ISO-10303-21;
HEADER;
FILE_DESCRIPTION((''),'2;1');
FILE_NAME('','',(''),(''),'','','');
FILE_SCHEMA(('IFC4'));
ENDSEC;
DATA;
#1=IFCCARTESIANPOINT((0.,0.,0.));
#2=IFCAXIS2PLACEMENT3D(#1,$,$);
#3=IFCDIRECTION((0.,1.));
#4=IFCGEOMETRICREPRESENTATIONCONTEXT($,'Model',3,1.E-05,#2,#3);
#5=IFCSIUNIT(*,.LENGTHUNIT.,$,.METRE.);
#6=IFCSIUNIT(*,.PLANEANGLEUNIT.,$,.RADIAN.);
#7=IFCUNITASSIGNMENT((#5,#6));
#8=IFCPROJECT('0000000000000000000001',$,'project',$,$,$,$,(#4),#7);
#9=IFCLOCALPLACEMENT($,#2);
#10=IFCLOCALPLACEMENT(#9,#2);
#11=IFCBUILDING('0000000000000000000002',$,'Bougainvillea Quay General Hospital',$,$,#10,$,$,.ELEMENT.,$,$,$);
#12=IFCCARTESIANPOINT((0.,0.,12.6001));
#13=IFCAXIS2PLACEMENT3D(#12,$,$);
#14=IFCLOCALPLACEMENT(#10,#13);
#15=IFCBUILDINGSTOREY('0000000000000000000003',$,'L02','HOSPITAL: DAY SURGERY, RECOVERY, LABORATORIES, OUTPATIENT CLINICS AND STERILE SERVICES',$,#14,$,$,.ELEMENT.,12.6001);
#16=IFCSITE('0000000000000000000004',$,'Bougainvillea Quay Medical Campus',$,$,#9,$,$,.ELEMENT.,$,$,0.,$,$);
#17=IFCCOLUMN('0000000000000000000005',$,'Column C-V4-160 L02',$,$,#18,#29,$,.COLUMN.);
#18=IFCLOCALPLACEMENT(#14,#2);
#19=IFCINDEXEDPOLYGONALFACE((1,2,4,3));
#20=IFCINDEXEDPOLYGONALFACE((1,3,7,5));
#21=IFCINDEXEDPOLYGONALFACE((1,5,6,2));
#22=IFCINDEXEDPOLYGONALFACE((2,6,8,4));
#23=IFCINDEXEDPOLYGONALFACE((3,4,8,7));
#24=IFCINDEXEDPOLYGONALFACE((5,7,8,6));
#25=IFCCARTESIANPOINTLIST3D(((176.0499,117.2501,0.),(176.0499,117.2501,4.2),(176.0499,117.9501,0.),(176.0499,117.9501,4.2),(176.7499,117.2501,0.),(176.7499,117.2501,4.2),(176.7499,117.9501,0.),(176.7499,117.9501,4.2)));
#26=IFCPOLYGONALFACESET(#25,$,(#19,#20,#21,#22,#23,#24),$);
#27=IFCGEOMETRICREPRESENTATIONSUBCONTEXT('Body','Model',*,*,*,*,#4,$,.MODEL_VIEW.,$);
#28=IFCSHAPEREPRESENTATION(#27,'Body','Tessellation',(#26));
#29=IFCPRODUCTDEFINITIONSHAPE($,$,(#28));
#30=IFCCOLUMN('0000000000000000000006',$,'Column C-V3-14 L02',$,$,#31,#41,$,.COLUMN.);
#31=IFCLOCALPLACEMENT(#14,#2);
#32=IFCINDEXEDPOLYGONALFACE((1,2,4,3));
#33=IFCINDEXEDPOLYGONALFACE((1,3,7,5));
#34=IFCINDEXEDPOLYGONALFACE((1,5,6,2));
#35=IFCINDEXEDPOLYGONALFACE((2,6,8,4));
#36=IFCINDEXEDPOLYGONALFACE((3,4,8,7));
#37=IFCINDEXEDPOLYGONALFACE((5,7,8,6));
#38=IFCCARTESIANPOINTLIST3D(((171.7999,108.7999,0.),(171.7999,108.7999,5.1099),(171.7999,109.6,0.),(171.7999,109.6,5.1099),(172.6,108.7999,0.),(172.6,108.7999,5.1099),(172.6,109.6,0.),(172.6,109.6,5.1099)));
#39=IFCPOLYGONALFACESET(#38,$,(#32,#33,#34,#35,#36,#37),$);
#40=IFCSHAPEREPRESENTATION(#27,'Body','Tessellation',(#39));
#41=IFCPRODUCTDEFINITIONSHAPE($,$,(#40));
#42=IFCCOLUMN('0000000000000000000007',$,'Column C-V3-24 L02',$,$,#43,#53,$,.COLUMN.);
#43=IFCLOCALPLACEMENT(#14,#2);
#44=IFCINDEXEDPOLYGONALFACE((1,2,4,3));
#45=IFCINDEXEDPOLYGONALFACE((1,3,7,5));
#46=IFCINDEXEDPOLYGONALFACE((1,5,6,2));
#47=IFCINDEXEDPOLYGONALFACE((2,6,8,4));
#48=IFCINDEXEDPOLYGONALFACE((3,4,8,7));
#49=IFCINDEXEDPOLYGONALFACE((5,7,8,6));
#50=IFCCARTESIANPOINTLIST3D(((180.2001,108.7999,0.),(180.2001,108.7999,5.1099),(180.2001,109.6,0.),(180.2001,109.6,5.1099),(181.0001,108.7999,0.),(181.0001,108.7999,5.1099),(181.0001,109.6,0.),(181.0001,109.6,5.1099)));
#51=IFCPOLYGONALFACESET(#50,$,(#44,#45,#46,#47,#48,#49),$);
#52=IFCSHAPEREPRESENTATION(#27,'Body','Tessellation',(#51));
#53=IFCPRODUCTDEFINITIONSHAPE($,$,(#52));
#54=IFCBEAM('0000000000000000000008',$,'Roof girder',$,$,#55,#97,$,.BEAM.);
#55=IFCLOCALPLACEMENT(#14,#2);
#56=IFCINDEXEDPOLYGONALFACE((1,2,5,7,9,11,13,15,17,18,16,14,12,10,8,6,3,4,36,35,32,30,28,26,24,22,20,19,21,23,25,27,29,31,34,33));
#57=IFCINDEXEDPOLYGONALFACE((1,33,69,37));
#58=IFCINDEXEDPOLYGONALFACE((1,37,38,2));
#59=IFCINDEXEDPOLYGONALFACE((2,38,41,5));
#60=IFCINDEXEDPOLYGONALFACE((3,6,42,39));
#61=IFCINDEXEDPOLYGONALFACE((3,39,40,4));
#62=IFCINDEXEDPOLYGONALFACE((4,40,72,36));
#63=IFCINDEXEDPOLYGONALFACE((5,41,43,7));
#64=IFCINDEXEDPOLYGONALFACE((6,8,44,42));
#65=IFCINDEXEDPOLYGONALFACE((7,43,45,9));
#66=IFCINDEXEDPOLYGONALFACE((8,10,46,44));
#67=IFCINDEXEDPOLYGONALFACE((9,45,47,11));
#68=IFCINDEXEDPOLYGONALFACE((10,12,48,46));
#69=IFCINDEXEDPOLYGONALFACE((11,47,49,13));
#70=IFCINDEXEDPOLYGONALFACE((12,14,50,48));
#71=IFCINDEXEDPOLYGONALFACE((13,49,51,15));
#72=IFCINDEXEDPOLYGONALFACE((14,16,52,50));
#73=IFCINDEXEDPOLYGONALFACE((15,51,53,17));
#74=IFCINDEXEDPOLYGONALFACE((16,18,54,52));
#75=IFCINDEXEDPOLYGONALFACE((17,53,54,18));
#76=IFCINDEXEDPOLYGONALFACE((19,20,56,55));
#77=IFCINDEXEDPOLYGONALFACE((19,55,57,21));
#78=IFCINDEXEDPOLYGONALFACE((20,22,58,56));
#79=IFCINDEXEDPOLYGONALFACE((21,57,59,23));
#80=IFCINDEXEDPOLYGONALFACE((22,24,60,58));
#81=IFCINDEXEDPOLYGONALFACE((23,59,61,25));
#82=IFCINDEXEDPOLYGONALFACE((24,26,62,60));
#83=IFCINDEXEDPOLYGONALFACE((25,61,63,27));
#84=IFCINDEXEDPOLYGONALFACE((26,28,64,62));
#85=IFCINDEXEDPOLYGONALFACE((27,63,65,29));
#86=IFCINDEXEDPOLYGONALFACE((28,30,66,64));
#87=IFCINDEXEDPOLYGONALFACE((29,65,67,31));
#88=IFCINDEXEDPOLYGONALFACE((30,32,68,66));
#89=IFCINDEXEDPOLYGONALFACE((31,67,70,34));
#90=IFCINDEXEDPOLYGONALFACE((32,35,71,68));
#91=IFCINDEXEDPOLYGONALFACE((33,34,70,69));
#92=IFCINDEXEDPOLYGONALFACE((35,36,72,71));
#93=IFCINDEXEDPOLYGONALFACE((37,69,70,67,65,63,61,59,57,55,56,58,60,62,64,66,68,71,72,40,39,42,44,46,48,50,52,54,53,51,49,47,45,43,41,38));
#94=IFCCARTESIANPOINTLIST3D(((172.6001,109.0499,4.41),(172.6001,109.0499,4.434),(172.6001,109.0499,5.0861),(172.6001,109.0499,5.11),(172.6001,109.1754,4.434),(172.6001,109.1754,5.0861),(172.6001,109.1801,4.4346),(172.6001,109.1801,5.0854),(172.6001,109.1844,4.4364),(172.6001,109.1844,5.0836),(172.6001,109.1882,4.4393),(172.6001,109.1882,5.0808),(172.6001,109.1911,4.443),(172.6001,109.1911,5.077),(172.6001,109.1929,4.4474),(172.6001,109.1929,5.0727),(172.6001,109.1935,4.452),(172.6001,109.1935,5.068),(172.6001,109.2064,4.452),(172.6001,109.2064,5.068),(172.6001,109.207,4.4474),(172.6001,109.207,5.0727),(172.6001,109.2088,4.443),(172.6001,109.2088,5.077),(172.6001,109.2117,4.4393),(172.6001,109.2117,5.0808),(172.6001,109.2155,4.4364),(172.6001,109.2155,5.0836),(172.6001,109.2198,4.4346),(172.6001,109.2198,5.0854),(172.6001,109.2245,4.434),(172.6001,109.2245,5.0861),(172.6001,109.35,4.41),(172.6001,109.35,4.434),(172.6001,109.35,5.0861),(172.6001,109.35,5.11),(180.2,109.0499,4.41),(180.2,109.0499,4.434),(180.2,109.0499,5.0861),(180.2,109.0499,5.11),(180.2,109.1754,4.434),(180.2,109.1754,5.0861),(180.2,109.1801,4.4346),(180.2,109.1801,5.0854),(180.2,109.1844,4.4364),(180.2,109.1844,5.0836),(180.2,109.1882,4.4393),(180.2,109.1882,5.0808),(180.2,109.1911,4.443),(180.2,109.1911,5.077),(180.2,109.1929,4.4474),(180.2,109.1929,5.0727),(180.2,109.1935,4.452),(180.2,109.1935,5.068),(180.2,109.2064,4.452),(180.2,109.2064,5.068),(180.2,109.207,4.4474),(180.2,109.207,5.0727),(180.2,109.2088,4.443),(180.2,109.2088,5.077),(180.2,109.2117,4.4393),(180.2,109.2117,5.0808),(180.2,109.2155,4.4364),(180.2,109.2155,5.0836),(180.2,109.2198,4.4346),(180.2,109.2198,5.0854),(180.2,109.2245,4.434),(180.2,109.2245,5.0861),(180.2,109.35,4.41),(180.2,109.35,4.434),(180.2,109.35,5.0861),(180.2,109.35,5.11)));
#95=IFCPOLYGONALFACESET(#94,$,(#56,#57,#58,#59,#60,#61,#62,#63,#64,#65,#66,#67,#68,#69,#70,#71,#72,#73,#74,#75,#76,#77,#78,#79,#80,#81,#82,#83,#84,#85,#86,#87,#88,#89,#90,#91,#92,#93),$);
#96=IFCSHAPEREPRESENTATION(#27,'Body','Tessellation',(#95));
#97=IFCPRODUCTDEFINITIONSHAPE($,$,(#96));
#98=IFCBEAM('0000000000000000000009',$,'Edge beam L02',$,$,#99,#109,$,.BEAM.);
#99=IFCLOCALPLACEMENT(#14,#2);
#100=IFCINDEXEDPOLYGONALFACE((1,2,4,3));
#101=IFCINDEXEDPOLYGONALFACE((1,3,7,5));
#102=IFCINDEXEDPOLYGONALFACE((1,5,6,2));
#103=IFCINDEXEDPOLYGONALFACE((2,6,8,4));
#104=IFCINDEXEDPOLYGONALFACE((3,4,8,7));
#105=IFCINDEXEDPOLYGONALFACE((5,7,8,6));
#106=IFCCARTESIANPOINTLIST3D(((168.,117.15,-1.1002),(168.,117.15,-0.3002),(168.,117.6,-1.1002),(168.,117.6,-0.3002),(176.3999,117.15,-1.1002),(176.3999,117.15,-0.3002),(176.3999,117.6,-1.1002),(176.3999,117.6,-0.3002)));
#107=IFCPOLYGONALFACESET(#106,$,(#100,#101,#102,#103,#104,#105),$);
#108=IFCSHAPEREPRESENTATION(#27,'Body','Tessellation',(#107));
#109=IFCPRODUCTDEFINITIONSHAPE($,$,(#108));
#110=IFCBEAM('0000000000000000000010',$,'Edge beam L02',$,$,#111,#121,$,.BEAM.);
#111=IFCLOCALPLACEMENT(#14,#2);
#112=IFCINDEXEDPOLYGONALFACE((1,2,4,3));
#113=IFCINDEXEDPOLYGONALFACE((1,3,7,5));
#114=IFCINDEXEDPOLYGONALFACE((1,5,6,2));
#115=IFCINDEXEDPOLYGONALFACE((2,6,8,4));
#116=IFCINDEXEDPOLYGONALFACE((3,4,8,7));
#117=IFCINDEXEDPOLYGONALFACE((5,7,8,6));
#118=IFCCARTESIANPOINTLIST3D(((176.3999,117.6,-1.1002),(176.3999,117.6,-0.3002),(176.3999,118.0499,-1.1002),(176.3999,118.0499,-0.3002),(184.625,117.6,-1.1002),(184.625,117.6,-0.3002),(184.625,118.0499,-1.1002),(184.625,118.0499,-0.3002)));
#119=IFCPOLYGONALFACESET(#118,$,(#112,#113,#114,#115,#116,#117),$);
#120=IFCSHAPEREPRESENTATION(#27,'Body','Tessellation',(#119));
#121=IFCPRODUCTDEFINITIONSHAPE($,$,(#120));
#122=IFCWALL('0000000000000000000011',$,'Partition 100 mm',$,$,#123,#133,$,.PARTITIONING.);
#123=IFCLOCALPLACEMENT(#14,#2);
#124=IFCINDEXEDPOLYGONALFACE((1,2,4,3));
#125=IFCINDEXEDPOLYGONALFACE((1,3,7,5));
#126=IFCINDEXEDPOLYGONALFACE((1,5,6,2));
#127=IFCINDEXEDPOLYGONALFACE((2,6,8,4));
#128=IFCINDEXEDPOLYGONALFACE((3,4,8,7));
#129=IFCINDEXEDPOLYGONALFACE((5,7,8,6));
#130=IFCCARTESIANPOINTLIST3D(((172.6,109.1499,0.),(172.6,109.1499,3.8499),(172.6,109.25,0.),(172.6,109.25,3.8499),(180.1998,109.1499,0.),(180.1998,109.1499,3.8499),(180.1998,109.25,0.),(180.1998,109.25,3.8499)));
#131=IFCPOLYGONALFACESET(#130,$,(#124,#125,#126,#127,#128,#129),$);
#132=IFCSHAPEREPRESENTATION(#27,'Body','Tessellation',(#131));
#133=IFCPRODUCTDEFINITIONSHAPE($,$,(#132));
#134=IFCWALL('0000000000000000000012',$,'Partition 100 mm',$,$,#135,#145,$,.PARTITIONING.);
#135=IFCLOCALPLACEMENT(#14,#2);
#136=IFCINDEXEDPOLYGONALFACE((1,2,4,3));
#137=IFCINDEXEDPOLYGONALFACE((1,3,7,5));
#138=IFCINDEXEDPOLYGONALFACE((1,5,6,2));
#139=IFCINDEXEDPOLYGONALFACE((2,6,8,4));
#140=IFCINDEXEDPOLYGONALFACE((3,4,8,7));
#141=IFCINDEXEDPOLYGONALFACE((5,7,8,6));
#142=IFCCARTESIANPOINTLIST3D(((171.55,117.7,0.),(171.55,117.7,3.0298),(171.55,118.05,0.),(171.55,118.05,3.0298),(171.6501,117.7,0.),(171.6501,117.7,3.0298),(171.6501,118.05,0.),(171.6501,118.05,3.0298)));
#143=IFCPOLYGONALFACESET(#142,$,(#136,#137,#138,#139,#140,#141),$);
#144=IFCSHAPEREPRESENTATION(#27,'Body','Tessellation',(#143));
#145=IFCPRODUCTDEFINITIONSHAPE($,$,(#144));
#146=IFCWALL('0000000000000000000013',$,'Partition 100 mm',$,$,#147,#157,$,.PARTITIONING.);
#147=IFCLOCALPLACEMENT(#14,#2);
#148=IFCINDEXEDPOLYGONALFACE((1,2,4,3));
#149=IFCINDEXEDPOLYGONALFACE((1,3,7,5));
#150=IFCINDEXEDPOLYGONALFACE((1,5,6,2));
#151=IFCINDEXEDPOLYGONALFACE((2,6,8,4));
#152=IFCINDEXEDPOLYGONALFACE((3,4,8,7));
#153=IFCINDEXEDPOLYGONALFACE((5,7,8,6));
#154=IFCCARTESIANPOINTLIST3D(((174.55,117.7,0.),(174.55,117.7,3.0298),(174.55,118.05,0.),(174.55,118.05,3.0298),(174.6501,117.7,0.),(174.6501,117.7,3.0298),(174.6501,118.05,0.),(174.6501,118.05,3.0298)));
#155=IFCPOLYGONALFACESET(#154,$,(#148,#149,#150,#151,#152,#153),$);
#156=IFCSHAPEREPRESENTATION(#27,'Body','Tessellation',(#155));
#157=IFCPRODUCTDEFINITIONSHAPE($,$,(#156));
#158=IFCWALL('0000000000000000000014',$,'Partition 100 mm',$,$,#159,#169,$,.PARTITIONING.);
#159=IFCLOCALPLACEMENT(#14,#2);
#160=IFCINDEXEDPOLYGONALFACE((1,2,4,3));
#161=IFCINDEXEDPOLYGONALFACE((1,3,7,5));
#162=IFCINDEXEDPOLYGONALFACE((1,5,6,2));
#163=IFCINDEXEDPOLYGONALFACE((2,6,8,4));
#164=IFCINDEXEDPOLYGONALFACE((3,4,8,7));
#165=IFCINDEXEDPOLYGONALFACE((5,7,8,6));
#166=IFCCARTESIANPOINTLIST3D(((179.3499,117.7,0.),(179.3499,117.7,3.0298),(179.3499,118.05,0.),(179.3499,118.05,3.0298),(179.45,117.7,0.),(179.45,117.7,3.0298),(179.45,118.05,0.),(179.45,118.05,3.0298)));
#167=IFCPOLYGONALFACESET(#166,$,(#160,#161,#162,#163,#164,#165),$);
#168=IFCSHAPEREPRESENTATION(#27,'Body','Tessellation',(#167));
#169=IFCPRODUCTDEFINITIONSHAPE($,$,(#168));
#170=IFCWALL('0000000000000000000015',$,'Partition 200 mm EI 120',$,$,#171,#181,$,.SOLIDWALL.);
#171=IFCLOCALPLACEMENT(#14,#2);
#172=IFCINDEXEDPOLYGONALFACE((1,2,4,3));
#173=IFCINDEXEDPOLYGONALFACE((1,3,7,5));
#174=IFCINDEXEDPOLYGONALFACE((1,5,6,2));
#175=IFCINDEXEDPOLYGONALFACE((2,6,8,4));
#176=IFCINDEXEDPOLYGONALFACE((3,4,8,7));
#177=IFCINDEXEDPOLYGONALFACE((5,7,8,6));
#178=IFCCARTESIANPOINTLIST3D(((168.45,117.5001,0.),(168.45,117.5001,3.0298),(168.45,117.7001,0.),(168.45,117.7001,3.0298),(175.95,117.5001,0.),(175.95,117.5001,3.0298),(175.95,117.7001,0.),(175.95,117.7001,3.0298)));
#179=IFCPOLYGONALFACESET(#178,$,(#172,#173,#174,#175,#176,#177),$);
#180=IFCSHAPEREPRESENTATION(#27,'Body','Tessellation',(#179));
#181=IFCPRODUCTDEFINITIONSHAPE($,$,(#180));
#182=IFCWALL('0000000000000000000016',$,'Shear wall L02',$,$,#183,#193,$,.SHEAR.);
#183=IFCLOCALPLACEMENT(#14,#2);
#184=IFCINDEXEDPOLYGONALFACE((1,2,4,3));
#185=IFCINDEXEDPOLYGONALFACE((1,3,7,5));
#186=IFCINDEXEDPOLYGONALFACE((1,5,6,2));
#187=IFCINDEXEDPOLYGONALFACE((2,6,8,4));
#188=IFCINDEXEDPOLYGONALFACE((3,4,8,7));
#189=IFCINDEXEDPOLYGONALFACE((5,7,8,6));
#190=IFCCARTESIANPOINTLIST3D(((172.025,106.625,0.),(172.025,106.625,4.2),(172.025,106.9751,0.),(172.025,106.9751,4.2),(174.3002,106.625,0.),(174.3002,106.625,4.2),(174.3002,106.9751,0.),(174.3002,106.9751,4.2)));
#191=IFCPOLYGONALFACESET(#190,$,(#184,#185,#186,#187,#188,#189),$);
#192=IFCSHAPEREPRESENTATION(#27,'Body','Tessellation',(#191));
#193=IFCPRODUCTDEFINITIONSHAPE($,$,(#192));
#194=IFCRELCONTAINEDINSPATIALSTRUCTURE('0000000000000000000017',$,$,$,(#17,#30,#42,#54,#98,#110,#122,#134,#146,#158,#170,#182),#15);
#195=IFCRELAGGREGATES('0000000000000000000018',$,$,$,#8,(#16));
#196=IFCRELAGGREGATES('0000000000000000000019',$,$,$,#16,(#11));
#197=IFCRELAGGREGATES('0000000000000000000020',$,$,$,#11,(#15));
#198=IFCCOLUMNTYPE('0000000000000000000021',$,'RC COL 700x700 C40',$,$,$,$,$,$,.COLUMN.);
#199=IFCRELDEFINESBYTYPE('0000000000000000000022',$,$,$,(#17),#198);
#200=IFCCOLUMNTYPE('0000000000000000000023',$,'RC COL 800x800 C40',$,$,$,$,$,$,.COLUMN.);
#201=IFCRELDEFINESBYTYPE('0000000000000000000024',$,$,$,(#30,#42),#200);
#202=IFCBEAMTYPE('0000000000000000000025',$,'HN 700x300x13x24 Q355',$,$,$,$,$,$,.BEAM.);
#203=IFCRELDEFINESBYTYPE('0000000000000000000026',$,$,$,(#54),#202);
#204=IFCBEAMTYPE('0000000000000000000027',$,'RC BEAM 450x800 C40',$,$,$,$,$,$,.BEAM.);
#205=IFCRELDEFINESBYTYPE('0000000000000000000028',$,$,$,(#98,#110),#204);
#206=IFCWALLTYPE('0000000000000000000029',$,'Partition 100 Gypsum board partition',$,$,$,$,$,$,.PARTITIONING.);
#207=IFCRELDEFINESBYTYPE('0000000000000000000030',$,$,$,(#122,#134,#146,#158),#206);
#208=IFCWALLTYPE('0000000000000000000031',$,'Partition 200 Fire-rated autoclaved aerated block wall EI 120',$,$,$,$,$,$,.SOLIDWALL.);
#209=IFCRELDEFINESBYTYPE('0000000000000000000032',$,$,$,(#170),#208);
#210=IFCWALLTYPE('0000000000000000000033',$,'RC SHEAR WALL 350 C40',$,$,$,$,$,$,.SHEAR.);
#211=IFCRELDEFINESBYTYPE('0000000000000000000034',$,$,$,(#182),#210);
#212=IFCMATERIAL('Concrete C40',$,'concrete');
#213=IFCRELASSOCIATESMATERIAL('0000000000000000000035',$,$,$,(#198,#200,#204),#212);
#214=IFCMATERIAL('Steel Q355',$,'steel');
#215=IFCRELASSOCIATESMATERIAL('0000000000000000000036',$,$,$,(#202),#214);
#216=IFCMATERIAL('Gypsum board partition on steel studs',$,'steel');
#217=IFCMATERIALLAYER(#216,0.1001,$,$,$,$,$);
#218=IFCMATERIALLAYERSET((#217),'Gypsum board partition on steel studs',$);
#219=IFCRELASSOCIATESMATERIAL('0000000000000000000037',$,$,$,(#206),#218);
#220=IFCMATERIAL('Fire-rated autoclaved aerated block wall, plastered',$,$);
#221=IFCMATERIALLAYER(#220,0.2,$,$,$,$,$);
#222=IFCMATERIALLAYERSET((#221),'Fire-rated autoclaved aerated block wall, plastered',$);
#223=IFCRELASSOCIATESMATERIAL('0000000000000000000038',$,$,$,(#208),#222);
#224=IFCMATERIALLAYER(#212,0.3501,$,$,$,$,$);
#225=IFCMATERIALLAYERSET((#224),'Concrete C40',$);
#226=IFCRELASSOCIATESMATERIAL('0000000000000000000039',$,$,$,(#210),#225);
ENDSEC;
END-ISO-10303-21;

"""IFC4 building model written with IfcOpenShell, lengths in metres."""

from ifc_helpers import new_model, si_unit, direction, frame, frame_2d, origin, origin_2d, place, context, subcontext, project, spatial, rectangle, i_section, extrude, material, layer, layer_set, material_profile, profile_set, type_object, element, save


model = new_model("IFC4")

# Units and contexts
model_context = context("Model", 3, precision=1e-05, world=origin(), true_north=direction((0.0, 1.0)))
body_context = subcontext(model_context, "Body", "Model", "MODEL_VIEW")
ifc_project = project(units=[si_unit("LENGTHUNIT", "METRE"), si_unit("PLANEANGLEUNIT", "RADIAN")], contexts=[model_context])

# Site, building, storey
site_placement = place(None, origin())
site = spatial("IfcSite", under=ifc_project, at=site_placement, Name="Bougainvillea Quay Medical Campus", CompositionType="ELEMENT", RefElevation=0.0)
building_placement = place(site_placement, origin())
building = spatial("IfcBuilding", under=site, at=building_placement, Name="Bougainvillea Quay General Hospital", CompositionType="ELEMENT")
storey_placement = place(building_placement, frame((0.0, 0.0, 12.6001)))
storey = spatial("IfcBuildingStorey", under=building, at=storey_placement, Name="L02", Description="HOSPITAL: DAY SURGERY, RECOVERY, LABORATORIES, OUTPATIENT CLINICS AND STERILE SERVICES", CompositionType="ELEMENT", Elevation=12.6001)

# Columns
ifc_material_1 = material(Name="Concrete C40", Category="concrete")
ifc_material_profile_1 = material_profile(ifc_material_1, rectangle(XDim=0.7, YDim=0.7, at=origin_2d()))
ifc_profile_set_1 = profile_set([ifc_material_profile_1], Name="Concrete C40")
column_type_1 = type_object("IfcColumnType", Name="RC COL 700x700 C40", PredefinedType="COLUMN", material=ifc_profile_set_1)
column_placement = place(storey_placement, frame((176.3999, 117.6001, 0.0), z_axis=(0.0, 0.0, 1.0), x_axis=(1.0, 0.0, 0.0)))
element("IfcColumn", 1, at=column_placement, inside=storey, type_object=column_type_1, Name="Column C-V4-160 L02", PredefinedType="COLUMN", context=body_context, shape_type="SweptSolid", body=[
    extrude(rectangle(XDim=0.7, YDim=0.7, at=origin_2d()), origin(), (0.0, 0.0, 1.0), 4.2),
])
ifc_material_profile_2 = material_profile(ifc_material_1, rectangle(XDim=0.8, YDim=0.8, at=origin_2d()))
ifc_profile_set_2 = profile_set([ifc_material_profile_2], Name="Concrete C40")
column_type_2 = type_object("IfcColumnType", Name="RC COL 800x800 C40", PredefinedType="COLUMN", material=ifc_profile_set_2)
for number, where, z_axis, x_axis, name in (
    (2, (172.2, 109.2, 0.0), (0.0, 0.0, 1.0), (1.0, 0.0, 0.0), "Column C-V3-14 L02"),
    (3, (180.6001, 109.2, 0.0), (0.0, 0.0, 1.0), (1.0, 0.0, 0.0), "Column C-V3-24 L02"),
):
    element("IfcColumn", number, at=place(storey_placement, frame(where, z_axis=z_axis, x_axis=x_axis)), inside=storey, type_object=column_type_2, Name=name, PredefinedType="COLUMN", context=body_context, shape_type="SweptSolid", body=[
        extrude(rectangle(XDim=0.8, YDim=0.8, at=origin_2d()), origin(), (0.0, 0.0, 1.0), 5.1099),
    ])

# Beams
ifc_material_2 = material(Name="Steel Q355", Category="steel")
ifc_material_profile_3 = material_profile(ifc_material_2, i_section(OverallWidth=0.3, OverallDepth=0.7, WebThickness=0.0129, FlangeThickness=0.0239, FilletRadius=0.0181, at=origin_2d()))
ifc_profile_set_3 = profile_set([ifc_material_profile_3], Name="Steel Q355")
beam_type_1 = type_object("IfcBeamType", Name="HN 700x300x13x24 Q355", PredefinedType="BEAM", material=ifc_profile_set_3)
beam_1_placement = place(storey_placement, frame((172.6001, 109.2, 4.76), z_axis=(1.0, 0.0, 0.0), x_axis=(0.0, 1.0, 0.0)))
element("IfcBeam", 4, at=beam_1_placement, inside=storey, type_object=beam_type_1, Name="Roof girder", PredefinedType="BEAM", context=body_context, shape_type="SweptSolid", body=[
    extrude(i_section(OverallWidth=0.3, OverallDepth=0.7, WebThickness=0.0129, FlangeThickness=0.0239, FilletRadius=0.0181, at=origin_2d()), origin(), (0.0, 0.0, 1.0), 7.5999),
])
ifc_material_profile_4 = material_profile(ifc_material_1, rectangle(XDim=0.45, YDim=0.8, at=origin_2d()))
ifc_profile_set_4 = profile_set([ifc_material_profile_4], Name="Concrete C40")
beam_type_2 = type_object("IfcBeamType", Name="RC BEAM 450x800 C40", PredefinedType="BEAM", material=ifc_profile_set_4)
beam_2_placement = place(storey_placement, frame((176.3999, 117.375, -0.7002), z_axis=(-1.0, 0.0, 0.0), x_axis=(0.0, -1.0, 0.0)))
element("IfcBeam", 5, at=beam_2_placement, inside=storey, type_object=beam_type_2, Name="Edge beam L02", PredefinedType="BEAM", context=body_context, shape_type="SweptSolid", body=[
    extrude(rectangle(XDim=0.45, YDim=0.8, at=origin_2d()), origin(), (0.0, 0.0, 1.0), 8.3999),
])
beam_3_placement = place(storey_placement, frame((176.3999, 117.825, -0.7002), z_axis=(1.0, 0.0, 0.0), x_axis=(0.0, 1.0, 0.0)))
element("IfcBeam", 6, at=beam_3_placement, inside=storey, type_object=beam_type_2, Name="Edge beam L02", PredefinedType="BEAM", context=body_context, shape_type="SweptSolid", body=[
    extrude(rectangle(XDim=0.45, YDim=0.8, at=origin_2d()), origin(), (0.0, 0.0, 1.0), 8.2251),
])

# Walls
ifc_material_3 = material(Name="Gypsum board partition on steel studs", Category="steel")
ifc_layer_1 = layer(ifc_material_3, 0.1001)
ifc_layer_set_1 = layer_set([ifc_layer_1], Name="Gypsum board partition on steel studs")
wall_type_1 = type_object("IfcWallType", Name="Partition 100 Gypsum board partition", PredefinedType="PARTITIONING", material=ifc_layer_set_1)
wall_1_placement = place(storey_placement, frame((172.6001, 109.2, 0.0), z_axis=(0.0, 0.0, 1.0), x_axis=(1.0, 0.0, 0.0)))
element("IfcWall", 7, at=wall_1_placement, inside=storey, type_object=wall_type_1, Name="Partition 100 mm", PredefinedType="PARTITIONING", context=body_context, shape_type="SweptSolid", body=[
    extrude(rectangle(XDim=7.5999, YDim=0.1001, at=frame_2d((3.7998, 0.0))), origin(), (0.0, 0.0, 1.0), 3.8499),
])
for number, where, z_axis, x_axis, name in (
    (8, (171.6001, 117.7, 0.0), (0.0, 0.0, 1.0), (0.0, 1.0, 0.0), "Partition 100 mm"),
    (9, (174.6001, 117.7, 0.0), (0.0, 0.0, 1.0), (0.0, 1.0, 0.0), "Partition 100 mm"),
    (10, (179.3999, 117.7, 0.0), (0.0, 0.0, 1.0), (0.0, 1.0, 0.0), "Partition 100 mm"),
):
    element("IfcWall", number, at=place(storey_placement, frame(where, z_axis=z_axis, x_axis=x_axis)), inside=storey, type_object=wall_type_1, Name=name, PredefinedType="PARTITIONING", context=body_context, shape_type="SweptSolid", body=[
        extrude(rectangle(XDim=0.3501, YDim=0.1001, at=frame_2d((0.175, 0.0))), origin(), (0.0, 0.0, 1.0), 3.0298),
    ])
ifc_material_4 = material(Name="Fire-rated autoclaved aerated block wall, plastered")
ifc_layer_2 = layer(ifc_material_4, 0.2)
ifc_layer_set_2 = layer_set([ifc_layer_2], Name="Fire-rated autoclaved aerated block wall, plastered")
wall_type_2 = type_object("IfcWallType", Name="Partition 200 Fire-rated autoclaved aerated block wall EI 120", PredefinedType="SOLIDWALL", material=ifc_layer_set_2)
wall_2_placement = place(storey_placement, frame((175.95, 117.6001, 0.0), z_axis=(0.0, 0.0, 1.0), x_axis=(-1.0, 0.0, 0.0)))
element("IfcWall", 11, at=wall_2_placement, inside=storey, type_object=wall_type_2, Name="Partition 200 mm EI 120", PredefinedType="SOLIDWALL", context=body_context, shape_type="SweptSolid", body=[
    extrude(rectangle(XDim=7.5, YDim=0.2, at=frame_2d((3.75, 0.0))), origin(), (0.0, 0.0, 1.0), 3.0298),
])
ifc_layer_3 = layer(ifc_material_1, 0.3501)
ifc_layer_set_3 = layer_set([ifc_layer_3], Name="Concrete C40")
wall_type_3 = type_object("IfcWallType", Name="RC SHEAR WALL 350 C40", PredefinedType="SHEAR", material=ifc_layer_set_3)
wall_3_placement = place(storey_placement, frame((172.0249, 106.8, 0.0), z_axis=(0.0, 0.0, 1.0), x_axis=(1.0, 0.0, 0.0)))
element("IfcWall", 12, at=wall_3_placement, inside=storey, type_object=wall_type_3, Name="Shear wall L02", PredefinedType="SHEAR", context=body_context, shape_type="SweptSolid", body=[
    extrude(rectangle(XDim=2.2751, YDim=0.3501, at=frame_2d((1.1377, 0.0))), origin(), (0.0, 0.0, 1.0), 4.2),
])

save(model, "model.ifc")
